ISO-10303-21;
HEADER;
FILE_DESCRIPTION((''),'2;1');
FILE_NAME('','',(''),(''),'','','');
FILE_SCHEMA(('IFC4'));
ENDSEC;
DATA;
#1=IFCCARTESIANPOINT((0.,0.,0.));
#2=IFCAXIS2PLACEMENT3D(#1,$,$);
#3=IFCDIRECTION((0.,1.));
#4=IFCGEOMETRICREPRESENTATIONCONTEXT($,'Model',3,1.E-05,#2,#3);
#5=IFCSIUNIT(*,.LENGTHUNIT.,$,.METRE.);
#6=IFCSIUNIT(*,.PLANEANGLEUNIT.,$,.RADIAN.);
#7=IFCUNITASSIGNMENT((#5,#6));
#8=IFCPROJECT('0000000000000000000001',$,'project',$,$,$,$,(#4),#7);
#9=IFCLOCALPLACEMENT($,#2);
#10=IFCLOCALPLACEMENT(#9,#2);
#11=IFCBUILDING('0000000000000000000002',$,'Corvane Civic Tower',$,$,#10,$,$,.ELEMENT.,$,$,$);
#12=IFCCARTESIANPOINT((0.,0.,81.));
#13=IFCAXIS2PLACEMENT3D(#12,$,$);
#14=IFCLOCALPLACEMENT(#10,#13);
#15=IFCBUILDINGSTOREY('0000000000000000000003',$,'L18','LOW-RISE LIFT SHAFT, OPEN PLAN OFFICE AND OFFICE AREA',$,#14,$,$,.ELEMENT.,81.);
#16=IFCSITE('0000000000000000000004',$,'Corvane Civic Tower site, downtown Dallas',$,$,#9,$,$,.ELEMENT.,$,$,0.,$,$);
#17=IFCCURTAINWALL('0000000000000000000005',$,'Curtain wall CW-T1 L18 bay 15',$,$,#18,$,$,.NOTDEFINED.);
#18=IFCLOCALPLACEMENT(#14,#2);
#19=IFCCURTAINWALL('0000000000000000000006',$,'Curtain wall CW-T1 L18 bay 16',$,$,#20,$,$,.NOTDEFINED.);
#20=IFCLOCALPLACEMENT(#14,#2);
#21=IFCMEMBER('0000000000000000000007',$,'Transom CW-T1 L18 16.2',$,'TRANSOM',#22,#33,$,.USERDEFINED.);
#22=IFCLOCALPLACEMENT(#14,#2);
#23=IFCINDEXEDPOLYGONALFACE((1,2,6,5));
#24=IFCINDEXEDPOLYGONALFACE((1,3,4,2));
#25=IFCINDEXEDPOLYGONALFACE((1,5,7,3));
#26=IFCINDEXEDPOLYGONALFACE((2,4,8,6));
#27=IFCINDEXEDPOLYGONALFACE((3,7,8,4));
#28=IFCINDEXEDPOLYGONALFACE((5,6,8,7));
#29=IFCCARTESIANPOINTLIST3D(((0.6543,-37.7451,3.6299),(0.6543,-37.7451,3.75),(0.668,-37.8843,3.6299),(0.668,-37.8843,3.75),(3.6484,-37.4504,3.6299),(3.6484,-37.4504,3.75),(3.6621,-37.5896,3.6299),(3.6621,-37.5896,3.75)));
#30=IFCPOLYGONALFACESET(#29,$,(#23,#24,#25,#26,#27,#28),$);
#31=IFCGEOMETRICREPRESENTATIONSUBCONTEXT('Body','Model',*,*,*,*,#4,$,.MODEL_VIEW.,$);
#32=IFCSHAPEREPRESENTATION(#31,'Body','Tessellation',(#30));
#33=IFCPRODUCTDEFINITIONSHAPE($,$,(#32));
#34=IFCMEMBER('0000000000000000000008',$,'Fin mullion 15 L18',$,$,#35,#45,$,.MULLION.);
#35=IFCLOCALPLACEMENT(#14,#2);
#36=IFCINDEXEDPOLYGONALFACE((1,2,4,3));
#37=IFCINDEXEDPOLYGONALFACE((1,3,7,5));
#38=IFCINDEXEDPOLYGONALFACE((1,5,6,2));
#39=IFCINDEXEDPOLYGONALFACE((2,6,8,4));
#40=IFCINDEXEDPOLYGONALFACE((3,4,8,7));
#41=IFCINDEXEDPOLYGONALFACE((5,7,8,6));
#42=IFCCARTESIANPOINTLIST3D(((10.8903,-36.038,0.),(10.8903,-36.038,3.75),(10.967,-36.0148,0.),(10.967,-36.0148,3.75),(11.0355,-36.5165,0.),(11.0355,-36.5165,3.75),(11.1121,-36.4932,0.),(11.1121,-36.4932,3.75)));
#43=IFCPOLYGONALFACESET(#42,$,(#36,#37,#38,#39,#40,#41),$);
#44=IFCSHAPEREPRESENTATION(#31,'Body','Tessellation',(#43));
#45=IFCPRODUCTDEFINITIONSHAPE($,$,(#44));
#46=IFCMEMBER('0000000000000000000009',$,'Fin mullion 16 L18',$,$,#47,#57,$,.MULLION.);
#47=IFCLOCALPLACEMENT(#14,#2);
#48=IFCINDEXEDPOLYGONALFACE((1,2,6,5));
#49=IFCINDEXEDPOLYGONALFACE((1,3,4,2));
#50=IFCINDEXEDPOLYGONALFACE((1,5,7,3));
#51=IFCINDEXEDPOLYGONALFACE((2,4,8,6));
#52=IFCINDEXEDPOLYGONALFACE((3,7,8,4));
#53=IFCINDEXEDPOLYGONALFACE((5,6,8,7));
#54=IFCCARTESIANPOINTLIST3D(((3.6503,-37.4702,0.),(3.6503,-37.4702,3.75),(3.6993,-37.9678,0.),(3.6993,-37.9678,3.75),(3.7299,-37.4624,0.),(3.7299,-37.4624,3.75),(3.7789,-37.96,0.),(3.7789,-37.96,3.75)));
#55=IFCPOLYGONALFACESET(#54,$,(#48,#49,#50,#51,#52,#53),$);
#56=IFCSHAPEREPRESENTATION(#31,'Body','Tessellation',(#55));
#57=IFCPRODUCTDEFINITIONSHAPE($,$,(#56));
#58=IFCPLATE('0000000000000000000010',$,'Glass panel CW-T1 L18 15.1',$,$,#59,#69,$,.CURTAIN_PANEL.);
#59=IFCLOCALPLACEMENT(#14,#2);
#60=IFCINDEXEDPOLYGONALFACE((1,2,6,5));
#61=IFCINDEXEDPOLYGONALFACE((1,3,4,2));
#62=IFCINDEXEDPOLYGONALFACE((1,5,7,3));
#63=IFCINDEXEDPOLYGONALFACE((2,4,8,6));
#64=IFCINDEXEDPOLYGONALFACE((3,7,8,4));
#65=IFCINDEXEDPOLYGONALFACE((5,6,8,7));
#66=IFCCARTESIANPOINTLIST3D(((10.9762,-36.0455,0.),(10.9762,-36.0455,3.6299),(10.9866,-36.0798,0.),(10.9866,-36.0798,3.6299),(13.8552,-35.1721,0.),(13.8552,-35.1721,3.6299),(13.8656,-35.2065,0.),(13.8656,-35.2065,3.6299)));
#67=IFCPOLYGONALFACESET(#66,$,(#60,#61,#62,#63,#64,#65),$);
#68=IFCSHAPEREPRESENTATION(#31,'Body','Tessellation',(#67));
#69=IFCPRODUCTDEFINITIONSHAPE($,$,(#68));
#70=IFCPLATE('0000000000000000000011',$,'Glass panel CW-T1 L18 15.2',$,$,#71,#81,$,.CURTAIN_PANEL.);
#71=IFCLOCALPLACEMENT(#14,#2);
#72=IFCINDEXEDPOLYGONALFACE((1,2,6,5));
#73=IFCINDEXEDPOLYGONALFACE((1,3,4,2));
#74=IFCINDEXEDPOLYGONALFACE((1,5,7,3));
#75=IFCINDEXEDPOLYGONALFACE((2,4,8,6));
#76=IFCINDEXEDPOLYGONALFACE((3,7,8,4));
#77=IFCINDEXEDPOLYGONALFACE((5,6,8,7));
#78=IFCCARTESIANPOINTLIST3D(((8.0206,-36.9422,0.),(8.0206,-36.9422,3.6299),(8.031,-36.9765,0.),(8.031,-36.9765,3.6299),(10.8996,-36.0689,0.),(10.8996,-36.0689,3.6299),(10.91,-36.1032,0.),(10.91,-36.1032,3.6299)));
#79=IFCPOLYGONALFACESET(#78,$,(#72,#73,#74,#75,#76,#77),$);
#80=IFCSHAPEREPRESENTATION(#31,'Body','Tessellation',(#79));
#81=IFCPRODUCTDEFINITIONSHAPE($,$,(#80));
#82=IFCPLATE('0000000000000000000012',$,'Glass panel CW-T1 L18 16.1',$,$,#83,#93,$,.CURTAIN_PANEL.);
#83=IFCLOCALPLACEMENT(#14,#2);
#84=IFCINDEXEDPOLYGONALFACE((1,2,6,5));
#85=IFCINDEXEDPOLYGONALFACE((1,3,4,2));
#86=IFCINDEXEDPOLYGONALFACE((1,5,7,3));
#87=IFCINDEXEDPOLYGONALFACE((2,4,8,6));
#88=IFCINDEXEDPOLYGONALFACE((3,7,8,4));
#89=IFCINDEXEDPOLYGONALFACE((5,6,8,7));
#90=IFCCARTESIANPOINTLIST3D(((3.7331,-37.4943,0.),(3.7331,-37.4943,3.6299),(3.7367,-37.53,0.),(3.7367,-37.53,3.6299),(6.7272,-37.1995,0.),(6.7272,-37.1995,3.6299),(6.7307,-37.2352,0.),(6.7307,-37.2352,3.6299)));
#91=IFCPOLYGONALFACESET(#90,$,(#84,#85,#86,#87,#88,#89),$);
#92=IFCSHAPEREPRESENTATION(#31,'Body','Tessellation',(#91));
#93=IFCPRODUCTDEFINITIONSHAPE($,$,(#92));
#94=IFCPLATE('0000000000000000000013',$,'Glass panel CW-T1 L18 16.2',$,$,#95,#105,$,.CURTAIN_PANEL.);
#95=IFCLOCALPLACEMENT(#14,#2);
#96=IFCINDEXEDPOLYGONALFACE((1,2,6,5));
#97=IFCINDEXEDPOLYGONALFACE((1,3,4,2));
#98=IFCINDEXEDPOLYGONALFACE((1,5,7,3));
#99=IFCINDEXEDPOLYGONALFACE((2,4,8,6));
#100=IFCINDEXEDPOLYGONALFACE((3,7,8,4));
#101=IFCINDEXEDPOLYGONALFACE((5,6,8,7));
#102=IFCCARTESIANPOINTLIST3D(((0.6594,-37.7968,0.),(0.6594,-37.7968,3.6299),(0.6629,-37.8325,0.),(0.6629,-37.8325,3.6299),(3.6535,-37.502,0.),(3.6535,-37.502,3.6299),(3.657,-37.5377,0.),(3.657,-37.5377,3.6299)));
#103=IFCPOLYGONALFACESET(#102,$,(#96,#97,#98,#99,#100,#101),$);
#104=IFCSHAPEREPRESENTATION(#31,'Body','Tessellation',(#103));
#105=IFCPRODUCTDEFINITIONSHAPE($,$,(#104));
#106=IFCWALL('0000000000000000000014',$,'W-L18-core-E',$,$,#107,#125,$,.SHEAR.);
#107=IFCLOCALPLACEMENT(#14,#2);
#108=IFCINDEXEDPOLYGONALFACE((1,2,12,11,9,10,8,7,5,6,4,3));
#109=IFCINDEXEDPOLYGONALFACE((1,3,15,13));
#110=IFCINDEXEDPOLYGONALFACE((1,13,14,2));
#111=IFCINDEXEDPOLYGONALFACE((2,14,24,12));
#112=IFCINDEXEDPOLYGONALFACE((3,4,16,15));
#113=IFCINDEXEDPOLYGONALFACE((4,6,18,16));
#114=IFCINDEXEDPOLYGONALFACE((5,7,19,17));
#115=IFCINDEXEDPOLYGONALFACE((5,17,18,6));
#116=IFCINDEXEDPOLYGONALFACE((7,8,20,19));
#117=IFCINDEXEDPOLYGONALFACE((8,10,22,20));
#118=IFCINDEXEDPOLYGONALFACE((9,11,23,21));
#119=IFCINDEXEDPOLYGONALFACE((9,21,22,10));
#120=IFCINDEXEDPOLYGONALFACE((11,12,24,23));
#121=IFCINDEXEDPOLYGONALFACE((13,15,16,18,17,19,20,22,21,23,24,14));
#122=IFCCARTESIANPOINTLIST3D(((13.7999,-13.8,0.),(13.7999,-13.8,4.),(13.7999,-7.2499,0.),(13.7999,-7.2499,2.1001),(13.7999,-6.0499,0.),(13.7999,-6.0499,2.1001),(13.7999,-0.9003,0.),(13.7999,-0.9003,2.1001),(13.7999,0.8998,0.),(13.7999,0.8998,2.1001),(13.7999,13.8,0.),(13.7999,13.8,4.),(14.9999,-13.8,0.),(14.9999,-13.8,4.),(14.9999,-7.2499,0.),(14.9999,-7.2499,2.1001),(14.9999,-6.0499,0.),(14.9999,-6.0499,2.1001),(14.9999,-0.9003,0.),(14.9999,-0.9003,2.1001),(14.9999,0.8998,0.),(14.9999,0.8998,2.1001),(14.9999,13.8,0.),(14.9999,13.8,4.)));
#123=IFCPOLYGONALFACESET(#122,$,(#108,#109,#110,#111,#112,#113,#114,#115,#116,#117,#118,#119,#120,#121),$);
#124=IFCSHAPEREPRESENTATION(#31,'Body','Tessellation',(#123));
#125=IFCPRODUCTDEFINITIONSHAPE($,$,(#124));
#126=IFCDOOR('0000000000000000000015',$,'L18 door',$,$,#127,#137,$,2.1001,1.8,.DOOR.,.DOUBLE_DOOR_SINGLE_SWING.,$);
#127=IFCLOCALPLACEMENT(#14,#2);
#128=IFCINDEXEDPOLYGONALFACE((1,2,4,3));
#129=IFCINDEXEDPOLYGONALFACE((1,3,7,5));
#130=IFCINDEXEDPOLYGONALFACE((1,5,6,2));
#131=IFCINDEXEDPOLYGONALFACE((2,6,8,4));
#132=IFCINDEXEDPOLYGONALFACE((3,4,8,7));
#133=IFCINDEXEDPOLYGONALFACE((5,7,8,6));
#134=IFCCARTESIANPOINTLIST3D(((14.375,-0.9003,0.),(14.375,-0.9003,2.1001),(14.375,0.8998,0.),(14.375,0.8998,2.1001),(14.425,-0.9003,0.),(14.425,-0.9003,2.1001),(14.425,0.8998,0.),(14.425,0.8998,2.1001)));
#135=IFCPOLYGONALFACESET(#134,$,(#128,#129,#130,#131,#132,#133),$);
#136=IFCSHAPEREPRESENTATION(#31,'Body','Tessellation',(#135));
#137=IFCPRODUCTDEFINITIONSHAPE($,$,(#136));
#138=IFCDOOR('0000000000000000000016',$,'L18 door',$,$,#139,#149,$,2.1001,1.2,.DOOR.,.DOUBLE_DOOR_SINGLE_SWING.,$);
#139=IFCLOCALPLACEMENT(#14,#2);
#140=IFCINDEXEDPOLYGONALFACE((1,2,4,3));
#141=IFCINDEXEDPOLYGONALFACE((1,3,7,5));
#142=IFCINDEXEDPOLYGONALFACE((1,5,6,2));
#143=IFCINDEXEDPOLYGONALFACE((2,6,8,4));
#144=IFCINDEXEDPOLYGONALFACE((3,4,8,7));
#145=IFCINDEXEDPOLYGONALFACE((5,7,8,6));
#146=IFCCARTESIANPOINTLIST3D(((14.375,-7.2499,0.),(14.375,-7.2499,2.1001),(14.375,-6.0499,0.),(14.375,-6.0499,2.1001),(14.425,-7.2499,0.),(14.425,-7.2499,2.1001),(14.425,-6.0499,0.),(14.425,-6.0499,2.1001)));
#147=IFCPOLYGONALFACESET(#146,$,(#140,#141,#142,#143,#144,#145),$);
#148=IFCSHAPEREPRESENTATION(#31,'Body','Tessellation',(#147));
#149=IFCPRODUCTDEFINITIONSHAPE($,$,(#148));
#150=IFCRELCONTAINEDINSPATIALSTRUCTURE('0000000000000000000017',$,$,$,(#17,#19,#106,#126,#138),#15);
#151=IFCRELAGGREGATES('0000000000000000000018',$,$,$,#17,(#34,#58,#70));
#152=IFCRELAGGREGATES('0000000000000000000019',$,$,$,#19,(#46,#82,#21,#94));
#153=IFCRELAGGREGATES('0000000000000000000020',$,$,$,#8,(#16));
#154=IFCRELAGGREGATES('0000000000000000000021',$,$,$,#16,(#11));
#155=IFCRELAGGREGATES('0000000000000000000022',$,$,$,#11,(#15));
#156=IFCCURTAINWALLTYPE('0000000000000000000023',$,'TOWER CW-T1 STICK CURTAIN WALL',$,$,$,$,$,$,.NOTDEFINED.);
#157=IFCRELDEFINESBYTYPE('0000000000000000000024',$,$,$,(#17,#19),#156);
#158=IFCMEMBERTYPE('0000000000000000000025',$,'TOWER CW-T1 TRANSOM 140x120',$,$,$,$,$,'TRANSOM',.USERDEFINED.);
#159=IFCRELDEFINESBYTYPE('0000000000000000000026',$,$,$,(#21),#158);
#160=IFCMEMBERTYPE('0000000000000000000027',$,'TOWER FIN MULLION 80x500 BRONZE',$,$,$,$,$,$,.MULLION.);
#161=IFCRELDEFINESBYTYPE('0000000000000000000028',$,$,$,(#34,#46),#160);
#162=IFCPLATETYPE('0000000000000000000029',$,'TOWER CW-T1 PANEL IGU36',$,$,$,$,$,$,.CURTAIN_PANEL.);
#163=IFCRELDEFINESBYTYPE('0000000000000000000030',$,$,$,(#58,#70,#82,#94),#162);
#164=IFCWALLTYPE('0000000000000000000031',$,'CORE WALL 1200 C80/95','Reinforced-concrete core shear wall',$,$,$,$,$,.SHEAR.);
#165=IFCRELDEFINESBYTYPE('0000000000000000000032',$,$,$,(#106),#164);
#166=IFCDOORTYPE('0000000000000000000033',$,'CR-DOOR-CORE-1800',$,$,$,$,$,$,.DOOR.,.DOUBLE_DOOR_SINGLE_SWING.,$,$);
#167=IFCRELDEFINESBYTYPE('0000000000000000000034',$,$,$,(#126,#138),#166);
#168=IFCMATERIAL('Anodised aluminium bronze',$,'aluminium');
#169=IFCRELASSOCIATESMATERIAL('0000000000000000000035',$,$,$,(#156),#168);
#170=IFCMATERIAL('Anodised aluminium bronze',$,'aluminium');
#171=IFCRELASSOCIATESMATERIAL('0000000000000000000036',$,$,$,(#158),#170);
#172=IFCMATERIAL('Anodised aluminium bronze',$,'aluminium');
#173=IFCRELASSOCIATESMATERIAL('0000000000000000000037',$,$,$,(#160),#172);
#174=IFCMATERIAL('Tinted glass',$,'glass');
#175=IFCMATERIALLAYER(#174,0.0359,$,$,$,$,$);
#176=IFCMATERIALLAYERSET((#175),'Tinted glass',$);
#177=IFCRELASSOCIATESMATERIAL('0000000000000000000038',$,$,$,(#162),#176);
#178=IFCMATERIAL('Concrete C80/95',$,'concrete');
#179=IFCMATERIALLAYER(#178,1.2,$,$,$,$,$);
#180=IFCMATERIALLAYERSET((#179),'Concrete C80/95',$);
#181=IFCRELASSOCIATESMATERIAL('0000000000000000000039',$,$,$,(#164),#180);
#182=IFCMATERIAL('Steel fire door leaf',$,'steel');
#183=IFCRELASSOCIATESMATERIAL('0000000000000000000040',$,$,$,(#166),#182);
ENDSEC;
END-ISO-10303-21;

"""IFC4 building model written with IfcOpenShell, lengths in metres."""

from ifc_helpers import new_model, si_unit, direction, frame, frame_2d, origin, origin_2d, place, context, subcontext, project, spatial, rectangle, extrude, material, layer, layer_set, material_profile, profile_set, type_object, element, fill, aggregate, save


model = new_model("IFC4")

# Units and contexts
model_context = context("Model", 3, precision=1e-05, world=origin(), true_north=direction((0.0, 1.0)))
body_context = subcontext(model_context, "Body", "Model", "MODEL_VIEW")
ifc_project = project(units=[si_unit("LENGTHUNIT", "METRE"), si_unit("PLANEANGLEUNIT", "RADIAN")], contexts=[model_context])

# Site, building, storey
site_placement = place(None, origin())
site = spatial("IfcSite", under=ifc_project, at=site_placement, Name="Corvane Civic Tower site, downtown Dallas", CompositionType="ELEMENT", RefElevation=0.0)
building_placement = place(site_placement, origin())
building = spatial("IfcBuilding", under=site, at=building_placement, Name="Corvane Civic Tower", CompositionType="ELEMENT")
storey_placement = place(building_placement, frame((0.0, 0.0, 81.0)))
storey = spatial("IfcBuildingStorey", under=building, at=storey_placement, Name="L18", Description="LOW-RISE LIFT SHAFT, OPEN PLAN OFFICE AND OFFICE AREA", CompositionType="ELEMENT", Elevation=81.0)

# Curtain walls, member
ifc_material_1 = material(Name="Anodised aluminium bronze", Category="aluminium")
curtain_wall_type = type_object("IfcCurtainWallType", Name="TOWER CW-T1 STICK CURTAIN WALL", PredefinedType="NOTDEFINED", material=ifc_material_1)
curtain_wall_1_placement = place(storey_placement, origin())
curtain_wall_1 = element("IfcCurtainWall", 1, at=curtain_wall_1_placement, inside=storey, type_object=curtain_wall_type, Name="Curtain wall CW-T1 L18 bay 15", PredefinedType="NOTDEFINED")
ifc_material_2 = material(Name="Anodised aluminium bronze", Category="aluminium")
ifc_material_profile_1 = material_profile(ifc_material_2, rectangle(XDim=0.1399, YDim=0.1201, at=origin_2d()), Name="TOWER CW-T1 TRANSOM 140x120")
ifc_profile_set_1 = profile_set([ifc_material_profile_1], Name="Anodised aluminium bronze")
member_type_1 = type_object("IfcMemberType", Name="TOWER CW-T1 TRANSOM 140x120", ElementType="TRANSOM", PredefinedType="USERDEFINED", material=ifc_profile_set_1)
curtain_wall_2_placement = place(storey_placement, origin())
curtain_wall_2 = element("IfcCurtainWall", 2, at=curtain_wall_2_placement, inside=storey, type_object=curtain_wall_type, Name="Curtain wall CW-T1 L18 bay 16", PredefinedType="NOTDEFINED")
member_1_placement = place(storey_placement, frame((3.6553, -37.52, 3.6899), z_axis=(-0.995192, -0.097945, 0.0), x_axis=(0.097945, -0.995192, 0.0)))
member_1 = element("IfcMember", 3, at=member_1_placement, type_object=member_type_1, Name="Transom CW-T1 L18 16.2", ObjectType="TRANSOM", PredefinedType="USERDEFINED", context=body_context, shape_type="SweptSolid", body=[
    extrude(rectangle(XDim=0.1399, YDim=0.1201, at=origin_2d()), origin(), (0.0, 0.0, 1.0), 3.0085),
])

# Members
ifc_material_3 = material(Name="Anodised aluminium bronze", Category="aluminium")
ifc_material_profile_2 = material_profile(ifc_material_3, rectangle(XDim=0.0801, YDim=0.5, at=origin_2d()), Name="TOWER FIN MULLION 80x500 BRONZE")
ifc_profile_set_2 = profile_set([ifc_material_profile_2], Name="Anodised aluminium bronze")
member_type_2 = type_object("IfcMemberType", Name="TOWER FIN MULLION 80x500 BRONZE", PredefinedType="MULLION", material=ifc_profile_set_2)
member_2_placement = place(storey_placement, frame((11.0012, -36.2656, 0.0), z_axis=(0.0, 0.0, 1.0), x_axis=(-0.956942, -0.290278, 0.0)))
member_2 = element("IfcMember", 4, at=member_2_placement, type_object=member_type_2, Name="Fin mullion 15 L18", PredefinedType="MULLION", context=body_context, shape_type="SweptSolid", body=[
    extrude(rectangle(XDim=0.0801, YDim=0.5, at=origin_2d()), origin(), (0.0, 0.0, 1.0), 3.75),
])
member_3_placement = place(storey_placement, frame((3.7146, -37.7151, 0.0), z_axis=(0.0, 0.0, 1.0), x_axis=(-0.995186, -0.098006, 0.0)))
member_3 = element("IfcMember", 5, at=member_3_placement, type_object=member_type_2, Name="Fin mullion 16 L18", PredefinedType="MULLION", context=body_context, shape_type="SweptSolid", body=[
    extrude(rectangle(XDim=0.0801, YDim=0.5, at=origin_2d()), origin(), (0.0, 0.0, 1.0), 3.75),
])

# Plates
ifc_material_4 = material(Name="Tinted glass", Category="glass")
ifc_layer_1 = layer(ifc_material_4, 0.0359)
ifc_layer_set_1 = layer_set([ifc_layer_1], Name="Tinted glass")
plate_type = type_object("IfcPlateType", Name="TOWER CW-T1 PANEL IGU36", PredefinedType="CURTAIN_PANEL", material=ifc_layer_set_1)
plate_1_placement = place(storey_placement, frame((12.4209, -35.626, 0.0), z_axis=(0.0, 0.0, 1.0), x_axis=(-0.956942, -0.290278, 0.0)))
plate_1 = element("IfcPlate", 6, at=plate_1_placement, type_object=plate_type, Name="Glass panel CW-T1 L18 15.1", PredefinedType="CURTAIN_PANEL", context=body_context, shape_type="SweptSolid", body=[
    extrude(rectangle(XDim=3.0085, YDim=0.0359, at=origin_2d()), origin(), (0.0, 0.0, 1.0), 3.6299),
])
plate_2_placement = place(storey_placement, frame((9.4653, -36.5227, 0.0), z_axis=(0.0, 0.0, 1.0), x_axis=(-0.956942, -0.290278, 0.0)))
plate_2 = element("IfcPlate", 7, at=plate_2_placement, type_object=plate_type, Name="Glass panel CW-T1 L18 15.2", PredefinedType="CURTAIN_PANEL", context=body_context, shape_type="SweptSolid", body=[
    extrude(rectangle(XDim=3.0085, YDim=0.0359, at=origin_2d()), origin(), (0.0, 0.0, 1.0), 3.6299),
])
aggregate(curtain_wall_1, [member_2, plate_1, plate_2])
plate_3_placement = place(storey_placement, frame((5.2319, -37.3647, 0.0), z_axis=(0.0, 0.0, 1.0), x_axis=(-0.995186, -0.098006, 0.0)))
plate_3 = element("IfcPlate", 8, at=plate_3_placement, type_object=plate_type, Name="Glass panel CW-T1 L18 16.1", PredefinedType="CURTAIN_PANEL", context=body_context, shape_type="SweptSolid", body=[
    extrude(rectangle(XDim=3.0085, YDim=0.0359, at=origin_2d()), origin(), (0.0, 0.0, 1.0), 3.6299),
])
plate_4_placement = place(storey_placement, frame((2.1582, -37.6672, 0.0), z_axis=(0.0, 0.0, 1.0), x_axis=(-0.995186, -0.098006, 0.0)))
plate_4 = element("IfcPlate", 9, at=plate_4_placement, type_object=plate_type, Name="Glass panel CW-T1 L18 16.2", PredefinedType="CURTAIN_PANEL", context=body_context, shape_type="SweptSolid", body=[
    extrude(rectangle(XDim=3.0085, YDim=0.0359, at=origin_2d()), origin(), (0.0, 0.0, 1.0), 3.6299),
])
aggregate(curtain_wall_2, [member_3, plate_3, member_1, plate_4])

# Wall, openings, doors
ifc_material_5 = material(Name="Concrete C80/95", Category="concrete")
ifc_layer_2 = layer(ifc_material_5, 1.2)
ifc_layer_set_2 = layer_set([ifc_layer_2], Name="Concrete C80/95")
wall_type_1 = type_object("IfcWallType", Name="CORE WALL 1200 C80/95", Description="Reinforced-concrete core shear wall", PredefinedType="SHEAR", material=ifc_layer_set_2)
wall_1_placement = place(storey_placement, frame((14.3999, -13.8, 0.0), z_axis=(0.0, 0.0, 1.0), x_axis=(0.0, 1.0, 0.0)))
wall_1 = element("IfcWall", 10, at=wall_1_placement, inside=storey, type_object=wall_type_1, Name="W-L18-core-E", PredefinedType="SHEAR", context=body_context, shape_type="SweptSolid", body=[
    extrude(rectangle(XDim=27.6001, YDim=1.2, at=frame_2d((13.8, 0.0))), origin(), (0.0, 0.0, 1.0), 4.0),
])
opening_1_placement = place(wall_1_placement, frame((12.8999, 0.0, 0.0)))
opening_1 = element("IfcOpeningElement", 11, at=opening_1_placement, cuts=wall_1, PredefinedType="OPENING", context=body_context, shape_type="SweptSolid", body=[
    extrude(rectangle(XDim=1.8, YDim=2.1001, at=frame_2d((0.8999, 1.05))), frame((0.0, 0.6099, 0.0), z_axis=(0.0, -1.0, 0.0), x_axis=(1.0, 0.0, 0.0)), (0.0, 0.0, 1.0), 1.22),
])
opening_2_placement = place(wall_1_placement, frame((6.55, 0.0, 0.0)))
opening_2 = element("IfcOpeningElement", 12, at=opening_2_placement, cuts=wall_1, PredefinedType="OPENING", context=body_context, shape_type="SweptSolid", body=[
    extrude(rectangle(XDim=1.2, YDim=2.1001, at=frame_2d((0.6001, 1.05))), frame((0.0, 0.6099, 0.0), z_axis=(0.0, -1.0, 0.0), x_axis=(1.0, 0.0, 0.0)), (0.0, 0.0, 1.0), 1.22),
])
ifc_material_6 = material(Name="Steel fire door leaf", Category="steel")
door_type_1 = type_object("IfcDoorType", Name="CR-DOOR-CORE-1800", OperationType="DOUBLE_DOOR_SINGLE_SWING", PredefinedType="DOOR", material=ifc_material_6)
door_1_placement = place(opening_1_placement, origin())
door_1 = element("IfcDoor", 13, at=door_1_placement, inside=storey, type_object=door_type_1, Name="L18 door", OperationType="DOUBLE_DOOR_SINGLE_SWING", OverallHeight=2.1001, OverallWidth=1.8, PredefinedType="DOOR", context=body_context, shape_type="SweptSolid", body=[
    extrude(rectangle(XDim=1.8, YDim=2.1001, at=frame_2d((0.8999, 1.05))), frame((0.0, 0.0249, 0.0), z_axis=(0.0, -1.0, 0.0), x_axis=(1.0, 0.0, 0.0)), (0.0, 0.0, 1.0), 0.05),
])
fill(opening_1, door_1)
door_2_placement = place(opening_2_placement, origin())
door_2 = element("IfcDoor", 14, at=door_2_placement, inside=storey, type_object=door_type_1, Name="L18 door", OperationType="DOUBLE_DOOR_SINGLE_SWING", OverallHeight=2.1001, OverallWidth=1.2, PredefinedType="DOOR", context=body_context, shape_type="SweptSolid", body=[
    extrude(rectangle(XDim=1.2, YDim=2.1001, at=frame_2d((0.6001, 1.05))), frame((0.0, 0.0249, 0.0), z_axis=(0.0, -1.0, 0.0), x_axis=(1.0, 0.0, 0.0)), (0.0, 0.0, 1.0), 0.05),
])
fill(opening_2, door_2)

save(model, "model.ifc")
